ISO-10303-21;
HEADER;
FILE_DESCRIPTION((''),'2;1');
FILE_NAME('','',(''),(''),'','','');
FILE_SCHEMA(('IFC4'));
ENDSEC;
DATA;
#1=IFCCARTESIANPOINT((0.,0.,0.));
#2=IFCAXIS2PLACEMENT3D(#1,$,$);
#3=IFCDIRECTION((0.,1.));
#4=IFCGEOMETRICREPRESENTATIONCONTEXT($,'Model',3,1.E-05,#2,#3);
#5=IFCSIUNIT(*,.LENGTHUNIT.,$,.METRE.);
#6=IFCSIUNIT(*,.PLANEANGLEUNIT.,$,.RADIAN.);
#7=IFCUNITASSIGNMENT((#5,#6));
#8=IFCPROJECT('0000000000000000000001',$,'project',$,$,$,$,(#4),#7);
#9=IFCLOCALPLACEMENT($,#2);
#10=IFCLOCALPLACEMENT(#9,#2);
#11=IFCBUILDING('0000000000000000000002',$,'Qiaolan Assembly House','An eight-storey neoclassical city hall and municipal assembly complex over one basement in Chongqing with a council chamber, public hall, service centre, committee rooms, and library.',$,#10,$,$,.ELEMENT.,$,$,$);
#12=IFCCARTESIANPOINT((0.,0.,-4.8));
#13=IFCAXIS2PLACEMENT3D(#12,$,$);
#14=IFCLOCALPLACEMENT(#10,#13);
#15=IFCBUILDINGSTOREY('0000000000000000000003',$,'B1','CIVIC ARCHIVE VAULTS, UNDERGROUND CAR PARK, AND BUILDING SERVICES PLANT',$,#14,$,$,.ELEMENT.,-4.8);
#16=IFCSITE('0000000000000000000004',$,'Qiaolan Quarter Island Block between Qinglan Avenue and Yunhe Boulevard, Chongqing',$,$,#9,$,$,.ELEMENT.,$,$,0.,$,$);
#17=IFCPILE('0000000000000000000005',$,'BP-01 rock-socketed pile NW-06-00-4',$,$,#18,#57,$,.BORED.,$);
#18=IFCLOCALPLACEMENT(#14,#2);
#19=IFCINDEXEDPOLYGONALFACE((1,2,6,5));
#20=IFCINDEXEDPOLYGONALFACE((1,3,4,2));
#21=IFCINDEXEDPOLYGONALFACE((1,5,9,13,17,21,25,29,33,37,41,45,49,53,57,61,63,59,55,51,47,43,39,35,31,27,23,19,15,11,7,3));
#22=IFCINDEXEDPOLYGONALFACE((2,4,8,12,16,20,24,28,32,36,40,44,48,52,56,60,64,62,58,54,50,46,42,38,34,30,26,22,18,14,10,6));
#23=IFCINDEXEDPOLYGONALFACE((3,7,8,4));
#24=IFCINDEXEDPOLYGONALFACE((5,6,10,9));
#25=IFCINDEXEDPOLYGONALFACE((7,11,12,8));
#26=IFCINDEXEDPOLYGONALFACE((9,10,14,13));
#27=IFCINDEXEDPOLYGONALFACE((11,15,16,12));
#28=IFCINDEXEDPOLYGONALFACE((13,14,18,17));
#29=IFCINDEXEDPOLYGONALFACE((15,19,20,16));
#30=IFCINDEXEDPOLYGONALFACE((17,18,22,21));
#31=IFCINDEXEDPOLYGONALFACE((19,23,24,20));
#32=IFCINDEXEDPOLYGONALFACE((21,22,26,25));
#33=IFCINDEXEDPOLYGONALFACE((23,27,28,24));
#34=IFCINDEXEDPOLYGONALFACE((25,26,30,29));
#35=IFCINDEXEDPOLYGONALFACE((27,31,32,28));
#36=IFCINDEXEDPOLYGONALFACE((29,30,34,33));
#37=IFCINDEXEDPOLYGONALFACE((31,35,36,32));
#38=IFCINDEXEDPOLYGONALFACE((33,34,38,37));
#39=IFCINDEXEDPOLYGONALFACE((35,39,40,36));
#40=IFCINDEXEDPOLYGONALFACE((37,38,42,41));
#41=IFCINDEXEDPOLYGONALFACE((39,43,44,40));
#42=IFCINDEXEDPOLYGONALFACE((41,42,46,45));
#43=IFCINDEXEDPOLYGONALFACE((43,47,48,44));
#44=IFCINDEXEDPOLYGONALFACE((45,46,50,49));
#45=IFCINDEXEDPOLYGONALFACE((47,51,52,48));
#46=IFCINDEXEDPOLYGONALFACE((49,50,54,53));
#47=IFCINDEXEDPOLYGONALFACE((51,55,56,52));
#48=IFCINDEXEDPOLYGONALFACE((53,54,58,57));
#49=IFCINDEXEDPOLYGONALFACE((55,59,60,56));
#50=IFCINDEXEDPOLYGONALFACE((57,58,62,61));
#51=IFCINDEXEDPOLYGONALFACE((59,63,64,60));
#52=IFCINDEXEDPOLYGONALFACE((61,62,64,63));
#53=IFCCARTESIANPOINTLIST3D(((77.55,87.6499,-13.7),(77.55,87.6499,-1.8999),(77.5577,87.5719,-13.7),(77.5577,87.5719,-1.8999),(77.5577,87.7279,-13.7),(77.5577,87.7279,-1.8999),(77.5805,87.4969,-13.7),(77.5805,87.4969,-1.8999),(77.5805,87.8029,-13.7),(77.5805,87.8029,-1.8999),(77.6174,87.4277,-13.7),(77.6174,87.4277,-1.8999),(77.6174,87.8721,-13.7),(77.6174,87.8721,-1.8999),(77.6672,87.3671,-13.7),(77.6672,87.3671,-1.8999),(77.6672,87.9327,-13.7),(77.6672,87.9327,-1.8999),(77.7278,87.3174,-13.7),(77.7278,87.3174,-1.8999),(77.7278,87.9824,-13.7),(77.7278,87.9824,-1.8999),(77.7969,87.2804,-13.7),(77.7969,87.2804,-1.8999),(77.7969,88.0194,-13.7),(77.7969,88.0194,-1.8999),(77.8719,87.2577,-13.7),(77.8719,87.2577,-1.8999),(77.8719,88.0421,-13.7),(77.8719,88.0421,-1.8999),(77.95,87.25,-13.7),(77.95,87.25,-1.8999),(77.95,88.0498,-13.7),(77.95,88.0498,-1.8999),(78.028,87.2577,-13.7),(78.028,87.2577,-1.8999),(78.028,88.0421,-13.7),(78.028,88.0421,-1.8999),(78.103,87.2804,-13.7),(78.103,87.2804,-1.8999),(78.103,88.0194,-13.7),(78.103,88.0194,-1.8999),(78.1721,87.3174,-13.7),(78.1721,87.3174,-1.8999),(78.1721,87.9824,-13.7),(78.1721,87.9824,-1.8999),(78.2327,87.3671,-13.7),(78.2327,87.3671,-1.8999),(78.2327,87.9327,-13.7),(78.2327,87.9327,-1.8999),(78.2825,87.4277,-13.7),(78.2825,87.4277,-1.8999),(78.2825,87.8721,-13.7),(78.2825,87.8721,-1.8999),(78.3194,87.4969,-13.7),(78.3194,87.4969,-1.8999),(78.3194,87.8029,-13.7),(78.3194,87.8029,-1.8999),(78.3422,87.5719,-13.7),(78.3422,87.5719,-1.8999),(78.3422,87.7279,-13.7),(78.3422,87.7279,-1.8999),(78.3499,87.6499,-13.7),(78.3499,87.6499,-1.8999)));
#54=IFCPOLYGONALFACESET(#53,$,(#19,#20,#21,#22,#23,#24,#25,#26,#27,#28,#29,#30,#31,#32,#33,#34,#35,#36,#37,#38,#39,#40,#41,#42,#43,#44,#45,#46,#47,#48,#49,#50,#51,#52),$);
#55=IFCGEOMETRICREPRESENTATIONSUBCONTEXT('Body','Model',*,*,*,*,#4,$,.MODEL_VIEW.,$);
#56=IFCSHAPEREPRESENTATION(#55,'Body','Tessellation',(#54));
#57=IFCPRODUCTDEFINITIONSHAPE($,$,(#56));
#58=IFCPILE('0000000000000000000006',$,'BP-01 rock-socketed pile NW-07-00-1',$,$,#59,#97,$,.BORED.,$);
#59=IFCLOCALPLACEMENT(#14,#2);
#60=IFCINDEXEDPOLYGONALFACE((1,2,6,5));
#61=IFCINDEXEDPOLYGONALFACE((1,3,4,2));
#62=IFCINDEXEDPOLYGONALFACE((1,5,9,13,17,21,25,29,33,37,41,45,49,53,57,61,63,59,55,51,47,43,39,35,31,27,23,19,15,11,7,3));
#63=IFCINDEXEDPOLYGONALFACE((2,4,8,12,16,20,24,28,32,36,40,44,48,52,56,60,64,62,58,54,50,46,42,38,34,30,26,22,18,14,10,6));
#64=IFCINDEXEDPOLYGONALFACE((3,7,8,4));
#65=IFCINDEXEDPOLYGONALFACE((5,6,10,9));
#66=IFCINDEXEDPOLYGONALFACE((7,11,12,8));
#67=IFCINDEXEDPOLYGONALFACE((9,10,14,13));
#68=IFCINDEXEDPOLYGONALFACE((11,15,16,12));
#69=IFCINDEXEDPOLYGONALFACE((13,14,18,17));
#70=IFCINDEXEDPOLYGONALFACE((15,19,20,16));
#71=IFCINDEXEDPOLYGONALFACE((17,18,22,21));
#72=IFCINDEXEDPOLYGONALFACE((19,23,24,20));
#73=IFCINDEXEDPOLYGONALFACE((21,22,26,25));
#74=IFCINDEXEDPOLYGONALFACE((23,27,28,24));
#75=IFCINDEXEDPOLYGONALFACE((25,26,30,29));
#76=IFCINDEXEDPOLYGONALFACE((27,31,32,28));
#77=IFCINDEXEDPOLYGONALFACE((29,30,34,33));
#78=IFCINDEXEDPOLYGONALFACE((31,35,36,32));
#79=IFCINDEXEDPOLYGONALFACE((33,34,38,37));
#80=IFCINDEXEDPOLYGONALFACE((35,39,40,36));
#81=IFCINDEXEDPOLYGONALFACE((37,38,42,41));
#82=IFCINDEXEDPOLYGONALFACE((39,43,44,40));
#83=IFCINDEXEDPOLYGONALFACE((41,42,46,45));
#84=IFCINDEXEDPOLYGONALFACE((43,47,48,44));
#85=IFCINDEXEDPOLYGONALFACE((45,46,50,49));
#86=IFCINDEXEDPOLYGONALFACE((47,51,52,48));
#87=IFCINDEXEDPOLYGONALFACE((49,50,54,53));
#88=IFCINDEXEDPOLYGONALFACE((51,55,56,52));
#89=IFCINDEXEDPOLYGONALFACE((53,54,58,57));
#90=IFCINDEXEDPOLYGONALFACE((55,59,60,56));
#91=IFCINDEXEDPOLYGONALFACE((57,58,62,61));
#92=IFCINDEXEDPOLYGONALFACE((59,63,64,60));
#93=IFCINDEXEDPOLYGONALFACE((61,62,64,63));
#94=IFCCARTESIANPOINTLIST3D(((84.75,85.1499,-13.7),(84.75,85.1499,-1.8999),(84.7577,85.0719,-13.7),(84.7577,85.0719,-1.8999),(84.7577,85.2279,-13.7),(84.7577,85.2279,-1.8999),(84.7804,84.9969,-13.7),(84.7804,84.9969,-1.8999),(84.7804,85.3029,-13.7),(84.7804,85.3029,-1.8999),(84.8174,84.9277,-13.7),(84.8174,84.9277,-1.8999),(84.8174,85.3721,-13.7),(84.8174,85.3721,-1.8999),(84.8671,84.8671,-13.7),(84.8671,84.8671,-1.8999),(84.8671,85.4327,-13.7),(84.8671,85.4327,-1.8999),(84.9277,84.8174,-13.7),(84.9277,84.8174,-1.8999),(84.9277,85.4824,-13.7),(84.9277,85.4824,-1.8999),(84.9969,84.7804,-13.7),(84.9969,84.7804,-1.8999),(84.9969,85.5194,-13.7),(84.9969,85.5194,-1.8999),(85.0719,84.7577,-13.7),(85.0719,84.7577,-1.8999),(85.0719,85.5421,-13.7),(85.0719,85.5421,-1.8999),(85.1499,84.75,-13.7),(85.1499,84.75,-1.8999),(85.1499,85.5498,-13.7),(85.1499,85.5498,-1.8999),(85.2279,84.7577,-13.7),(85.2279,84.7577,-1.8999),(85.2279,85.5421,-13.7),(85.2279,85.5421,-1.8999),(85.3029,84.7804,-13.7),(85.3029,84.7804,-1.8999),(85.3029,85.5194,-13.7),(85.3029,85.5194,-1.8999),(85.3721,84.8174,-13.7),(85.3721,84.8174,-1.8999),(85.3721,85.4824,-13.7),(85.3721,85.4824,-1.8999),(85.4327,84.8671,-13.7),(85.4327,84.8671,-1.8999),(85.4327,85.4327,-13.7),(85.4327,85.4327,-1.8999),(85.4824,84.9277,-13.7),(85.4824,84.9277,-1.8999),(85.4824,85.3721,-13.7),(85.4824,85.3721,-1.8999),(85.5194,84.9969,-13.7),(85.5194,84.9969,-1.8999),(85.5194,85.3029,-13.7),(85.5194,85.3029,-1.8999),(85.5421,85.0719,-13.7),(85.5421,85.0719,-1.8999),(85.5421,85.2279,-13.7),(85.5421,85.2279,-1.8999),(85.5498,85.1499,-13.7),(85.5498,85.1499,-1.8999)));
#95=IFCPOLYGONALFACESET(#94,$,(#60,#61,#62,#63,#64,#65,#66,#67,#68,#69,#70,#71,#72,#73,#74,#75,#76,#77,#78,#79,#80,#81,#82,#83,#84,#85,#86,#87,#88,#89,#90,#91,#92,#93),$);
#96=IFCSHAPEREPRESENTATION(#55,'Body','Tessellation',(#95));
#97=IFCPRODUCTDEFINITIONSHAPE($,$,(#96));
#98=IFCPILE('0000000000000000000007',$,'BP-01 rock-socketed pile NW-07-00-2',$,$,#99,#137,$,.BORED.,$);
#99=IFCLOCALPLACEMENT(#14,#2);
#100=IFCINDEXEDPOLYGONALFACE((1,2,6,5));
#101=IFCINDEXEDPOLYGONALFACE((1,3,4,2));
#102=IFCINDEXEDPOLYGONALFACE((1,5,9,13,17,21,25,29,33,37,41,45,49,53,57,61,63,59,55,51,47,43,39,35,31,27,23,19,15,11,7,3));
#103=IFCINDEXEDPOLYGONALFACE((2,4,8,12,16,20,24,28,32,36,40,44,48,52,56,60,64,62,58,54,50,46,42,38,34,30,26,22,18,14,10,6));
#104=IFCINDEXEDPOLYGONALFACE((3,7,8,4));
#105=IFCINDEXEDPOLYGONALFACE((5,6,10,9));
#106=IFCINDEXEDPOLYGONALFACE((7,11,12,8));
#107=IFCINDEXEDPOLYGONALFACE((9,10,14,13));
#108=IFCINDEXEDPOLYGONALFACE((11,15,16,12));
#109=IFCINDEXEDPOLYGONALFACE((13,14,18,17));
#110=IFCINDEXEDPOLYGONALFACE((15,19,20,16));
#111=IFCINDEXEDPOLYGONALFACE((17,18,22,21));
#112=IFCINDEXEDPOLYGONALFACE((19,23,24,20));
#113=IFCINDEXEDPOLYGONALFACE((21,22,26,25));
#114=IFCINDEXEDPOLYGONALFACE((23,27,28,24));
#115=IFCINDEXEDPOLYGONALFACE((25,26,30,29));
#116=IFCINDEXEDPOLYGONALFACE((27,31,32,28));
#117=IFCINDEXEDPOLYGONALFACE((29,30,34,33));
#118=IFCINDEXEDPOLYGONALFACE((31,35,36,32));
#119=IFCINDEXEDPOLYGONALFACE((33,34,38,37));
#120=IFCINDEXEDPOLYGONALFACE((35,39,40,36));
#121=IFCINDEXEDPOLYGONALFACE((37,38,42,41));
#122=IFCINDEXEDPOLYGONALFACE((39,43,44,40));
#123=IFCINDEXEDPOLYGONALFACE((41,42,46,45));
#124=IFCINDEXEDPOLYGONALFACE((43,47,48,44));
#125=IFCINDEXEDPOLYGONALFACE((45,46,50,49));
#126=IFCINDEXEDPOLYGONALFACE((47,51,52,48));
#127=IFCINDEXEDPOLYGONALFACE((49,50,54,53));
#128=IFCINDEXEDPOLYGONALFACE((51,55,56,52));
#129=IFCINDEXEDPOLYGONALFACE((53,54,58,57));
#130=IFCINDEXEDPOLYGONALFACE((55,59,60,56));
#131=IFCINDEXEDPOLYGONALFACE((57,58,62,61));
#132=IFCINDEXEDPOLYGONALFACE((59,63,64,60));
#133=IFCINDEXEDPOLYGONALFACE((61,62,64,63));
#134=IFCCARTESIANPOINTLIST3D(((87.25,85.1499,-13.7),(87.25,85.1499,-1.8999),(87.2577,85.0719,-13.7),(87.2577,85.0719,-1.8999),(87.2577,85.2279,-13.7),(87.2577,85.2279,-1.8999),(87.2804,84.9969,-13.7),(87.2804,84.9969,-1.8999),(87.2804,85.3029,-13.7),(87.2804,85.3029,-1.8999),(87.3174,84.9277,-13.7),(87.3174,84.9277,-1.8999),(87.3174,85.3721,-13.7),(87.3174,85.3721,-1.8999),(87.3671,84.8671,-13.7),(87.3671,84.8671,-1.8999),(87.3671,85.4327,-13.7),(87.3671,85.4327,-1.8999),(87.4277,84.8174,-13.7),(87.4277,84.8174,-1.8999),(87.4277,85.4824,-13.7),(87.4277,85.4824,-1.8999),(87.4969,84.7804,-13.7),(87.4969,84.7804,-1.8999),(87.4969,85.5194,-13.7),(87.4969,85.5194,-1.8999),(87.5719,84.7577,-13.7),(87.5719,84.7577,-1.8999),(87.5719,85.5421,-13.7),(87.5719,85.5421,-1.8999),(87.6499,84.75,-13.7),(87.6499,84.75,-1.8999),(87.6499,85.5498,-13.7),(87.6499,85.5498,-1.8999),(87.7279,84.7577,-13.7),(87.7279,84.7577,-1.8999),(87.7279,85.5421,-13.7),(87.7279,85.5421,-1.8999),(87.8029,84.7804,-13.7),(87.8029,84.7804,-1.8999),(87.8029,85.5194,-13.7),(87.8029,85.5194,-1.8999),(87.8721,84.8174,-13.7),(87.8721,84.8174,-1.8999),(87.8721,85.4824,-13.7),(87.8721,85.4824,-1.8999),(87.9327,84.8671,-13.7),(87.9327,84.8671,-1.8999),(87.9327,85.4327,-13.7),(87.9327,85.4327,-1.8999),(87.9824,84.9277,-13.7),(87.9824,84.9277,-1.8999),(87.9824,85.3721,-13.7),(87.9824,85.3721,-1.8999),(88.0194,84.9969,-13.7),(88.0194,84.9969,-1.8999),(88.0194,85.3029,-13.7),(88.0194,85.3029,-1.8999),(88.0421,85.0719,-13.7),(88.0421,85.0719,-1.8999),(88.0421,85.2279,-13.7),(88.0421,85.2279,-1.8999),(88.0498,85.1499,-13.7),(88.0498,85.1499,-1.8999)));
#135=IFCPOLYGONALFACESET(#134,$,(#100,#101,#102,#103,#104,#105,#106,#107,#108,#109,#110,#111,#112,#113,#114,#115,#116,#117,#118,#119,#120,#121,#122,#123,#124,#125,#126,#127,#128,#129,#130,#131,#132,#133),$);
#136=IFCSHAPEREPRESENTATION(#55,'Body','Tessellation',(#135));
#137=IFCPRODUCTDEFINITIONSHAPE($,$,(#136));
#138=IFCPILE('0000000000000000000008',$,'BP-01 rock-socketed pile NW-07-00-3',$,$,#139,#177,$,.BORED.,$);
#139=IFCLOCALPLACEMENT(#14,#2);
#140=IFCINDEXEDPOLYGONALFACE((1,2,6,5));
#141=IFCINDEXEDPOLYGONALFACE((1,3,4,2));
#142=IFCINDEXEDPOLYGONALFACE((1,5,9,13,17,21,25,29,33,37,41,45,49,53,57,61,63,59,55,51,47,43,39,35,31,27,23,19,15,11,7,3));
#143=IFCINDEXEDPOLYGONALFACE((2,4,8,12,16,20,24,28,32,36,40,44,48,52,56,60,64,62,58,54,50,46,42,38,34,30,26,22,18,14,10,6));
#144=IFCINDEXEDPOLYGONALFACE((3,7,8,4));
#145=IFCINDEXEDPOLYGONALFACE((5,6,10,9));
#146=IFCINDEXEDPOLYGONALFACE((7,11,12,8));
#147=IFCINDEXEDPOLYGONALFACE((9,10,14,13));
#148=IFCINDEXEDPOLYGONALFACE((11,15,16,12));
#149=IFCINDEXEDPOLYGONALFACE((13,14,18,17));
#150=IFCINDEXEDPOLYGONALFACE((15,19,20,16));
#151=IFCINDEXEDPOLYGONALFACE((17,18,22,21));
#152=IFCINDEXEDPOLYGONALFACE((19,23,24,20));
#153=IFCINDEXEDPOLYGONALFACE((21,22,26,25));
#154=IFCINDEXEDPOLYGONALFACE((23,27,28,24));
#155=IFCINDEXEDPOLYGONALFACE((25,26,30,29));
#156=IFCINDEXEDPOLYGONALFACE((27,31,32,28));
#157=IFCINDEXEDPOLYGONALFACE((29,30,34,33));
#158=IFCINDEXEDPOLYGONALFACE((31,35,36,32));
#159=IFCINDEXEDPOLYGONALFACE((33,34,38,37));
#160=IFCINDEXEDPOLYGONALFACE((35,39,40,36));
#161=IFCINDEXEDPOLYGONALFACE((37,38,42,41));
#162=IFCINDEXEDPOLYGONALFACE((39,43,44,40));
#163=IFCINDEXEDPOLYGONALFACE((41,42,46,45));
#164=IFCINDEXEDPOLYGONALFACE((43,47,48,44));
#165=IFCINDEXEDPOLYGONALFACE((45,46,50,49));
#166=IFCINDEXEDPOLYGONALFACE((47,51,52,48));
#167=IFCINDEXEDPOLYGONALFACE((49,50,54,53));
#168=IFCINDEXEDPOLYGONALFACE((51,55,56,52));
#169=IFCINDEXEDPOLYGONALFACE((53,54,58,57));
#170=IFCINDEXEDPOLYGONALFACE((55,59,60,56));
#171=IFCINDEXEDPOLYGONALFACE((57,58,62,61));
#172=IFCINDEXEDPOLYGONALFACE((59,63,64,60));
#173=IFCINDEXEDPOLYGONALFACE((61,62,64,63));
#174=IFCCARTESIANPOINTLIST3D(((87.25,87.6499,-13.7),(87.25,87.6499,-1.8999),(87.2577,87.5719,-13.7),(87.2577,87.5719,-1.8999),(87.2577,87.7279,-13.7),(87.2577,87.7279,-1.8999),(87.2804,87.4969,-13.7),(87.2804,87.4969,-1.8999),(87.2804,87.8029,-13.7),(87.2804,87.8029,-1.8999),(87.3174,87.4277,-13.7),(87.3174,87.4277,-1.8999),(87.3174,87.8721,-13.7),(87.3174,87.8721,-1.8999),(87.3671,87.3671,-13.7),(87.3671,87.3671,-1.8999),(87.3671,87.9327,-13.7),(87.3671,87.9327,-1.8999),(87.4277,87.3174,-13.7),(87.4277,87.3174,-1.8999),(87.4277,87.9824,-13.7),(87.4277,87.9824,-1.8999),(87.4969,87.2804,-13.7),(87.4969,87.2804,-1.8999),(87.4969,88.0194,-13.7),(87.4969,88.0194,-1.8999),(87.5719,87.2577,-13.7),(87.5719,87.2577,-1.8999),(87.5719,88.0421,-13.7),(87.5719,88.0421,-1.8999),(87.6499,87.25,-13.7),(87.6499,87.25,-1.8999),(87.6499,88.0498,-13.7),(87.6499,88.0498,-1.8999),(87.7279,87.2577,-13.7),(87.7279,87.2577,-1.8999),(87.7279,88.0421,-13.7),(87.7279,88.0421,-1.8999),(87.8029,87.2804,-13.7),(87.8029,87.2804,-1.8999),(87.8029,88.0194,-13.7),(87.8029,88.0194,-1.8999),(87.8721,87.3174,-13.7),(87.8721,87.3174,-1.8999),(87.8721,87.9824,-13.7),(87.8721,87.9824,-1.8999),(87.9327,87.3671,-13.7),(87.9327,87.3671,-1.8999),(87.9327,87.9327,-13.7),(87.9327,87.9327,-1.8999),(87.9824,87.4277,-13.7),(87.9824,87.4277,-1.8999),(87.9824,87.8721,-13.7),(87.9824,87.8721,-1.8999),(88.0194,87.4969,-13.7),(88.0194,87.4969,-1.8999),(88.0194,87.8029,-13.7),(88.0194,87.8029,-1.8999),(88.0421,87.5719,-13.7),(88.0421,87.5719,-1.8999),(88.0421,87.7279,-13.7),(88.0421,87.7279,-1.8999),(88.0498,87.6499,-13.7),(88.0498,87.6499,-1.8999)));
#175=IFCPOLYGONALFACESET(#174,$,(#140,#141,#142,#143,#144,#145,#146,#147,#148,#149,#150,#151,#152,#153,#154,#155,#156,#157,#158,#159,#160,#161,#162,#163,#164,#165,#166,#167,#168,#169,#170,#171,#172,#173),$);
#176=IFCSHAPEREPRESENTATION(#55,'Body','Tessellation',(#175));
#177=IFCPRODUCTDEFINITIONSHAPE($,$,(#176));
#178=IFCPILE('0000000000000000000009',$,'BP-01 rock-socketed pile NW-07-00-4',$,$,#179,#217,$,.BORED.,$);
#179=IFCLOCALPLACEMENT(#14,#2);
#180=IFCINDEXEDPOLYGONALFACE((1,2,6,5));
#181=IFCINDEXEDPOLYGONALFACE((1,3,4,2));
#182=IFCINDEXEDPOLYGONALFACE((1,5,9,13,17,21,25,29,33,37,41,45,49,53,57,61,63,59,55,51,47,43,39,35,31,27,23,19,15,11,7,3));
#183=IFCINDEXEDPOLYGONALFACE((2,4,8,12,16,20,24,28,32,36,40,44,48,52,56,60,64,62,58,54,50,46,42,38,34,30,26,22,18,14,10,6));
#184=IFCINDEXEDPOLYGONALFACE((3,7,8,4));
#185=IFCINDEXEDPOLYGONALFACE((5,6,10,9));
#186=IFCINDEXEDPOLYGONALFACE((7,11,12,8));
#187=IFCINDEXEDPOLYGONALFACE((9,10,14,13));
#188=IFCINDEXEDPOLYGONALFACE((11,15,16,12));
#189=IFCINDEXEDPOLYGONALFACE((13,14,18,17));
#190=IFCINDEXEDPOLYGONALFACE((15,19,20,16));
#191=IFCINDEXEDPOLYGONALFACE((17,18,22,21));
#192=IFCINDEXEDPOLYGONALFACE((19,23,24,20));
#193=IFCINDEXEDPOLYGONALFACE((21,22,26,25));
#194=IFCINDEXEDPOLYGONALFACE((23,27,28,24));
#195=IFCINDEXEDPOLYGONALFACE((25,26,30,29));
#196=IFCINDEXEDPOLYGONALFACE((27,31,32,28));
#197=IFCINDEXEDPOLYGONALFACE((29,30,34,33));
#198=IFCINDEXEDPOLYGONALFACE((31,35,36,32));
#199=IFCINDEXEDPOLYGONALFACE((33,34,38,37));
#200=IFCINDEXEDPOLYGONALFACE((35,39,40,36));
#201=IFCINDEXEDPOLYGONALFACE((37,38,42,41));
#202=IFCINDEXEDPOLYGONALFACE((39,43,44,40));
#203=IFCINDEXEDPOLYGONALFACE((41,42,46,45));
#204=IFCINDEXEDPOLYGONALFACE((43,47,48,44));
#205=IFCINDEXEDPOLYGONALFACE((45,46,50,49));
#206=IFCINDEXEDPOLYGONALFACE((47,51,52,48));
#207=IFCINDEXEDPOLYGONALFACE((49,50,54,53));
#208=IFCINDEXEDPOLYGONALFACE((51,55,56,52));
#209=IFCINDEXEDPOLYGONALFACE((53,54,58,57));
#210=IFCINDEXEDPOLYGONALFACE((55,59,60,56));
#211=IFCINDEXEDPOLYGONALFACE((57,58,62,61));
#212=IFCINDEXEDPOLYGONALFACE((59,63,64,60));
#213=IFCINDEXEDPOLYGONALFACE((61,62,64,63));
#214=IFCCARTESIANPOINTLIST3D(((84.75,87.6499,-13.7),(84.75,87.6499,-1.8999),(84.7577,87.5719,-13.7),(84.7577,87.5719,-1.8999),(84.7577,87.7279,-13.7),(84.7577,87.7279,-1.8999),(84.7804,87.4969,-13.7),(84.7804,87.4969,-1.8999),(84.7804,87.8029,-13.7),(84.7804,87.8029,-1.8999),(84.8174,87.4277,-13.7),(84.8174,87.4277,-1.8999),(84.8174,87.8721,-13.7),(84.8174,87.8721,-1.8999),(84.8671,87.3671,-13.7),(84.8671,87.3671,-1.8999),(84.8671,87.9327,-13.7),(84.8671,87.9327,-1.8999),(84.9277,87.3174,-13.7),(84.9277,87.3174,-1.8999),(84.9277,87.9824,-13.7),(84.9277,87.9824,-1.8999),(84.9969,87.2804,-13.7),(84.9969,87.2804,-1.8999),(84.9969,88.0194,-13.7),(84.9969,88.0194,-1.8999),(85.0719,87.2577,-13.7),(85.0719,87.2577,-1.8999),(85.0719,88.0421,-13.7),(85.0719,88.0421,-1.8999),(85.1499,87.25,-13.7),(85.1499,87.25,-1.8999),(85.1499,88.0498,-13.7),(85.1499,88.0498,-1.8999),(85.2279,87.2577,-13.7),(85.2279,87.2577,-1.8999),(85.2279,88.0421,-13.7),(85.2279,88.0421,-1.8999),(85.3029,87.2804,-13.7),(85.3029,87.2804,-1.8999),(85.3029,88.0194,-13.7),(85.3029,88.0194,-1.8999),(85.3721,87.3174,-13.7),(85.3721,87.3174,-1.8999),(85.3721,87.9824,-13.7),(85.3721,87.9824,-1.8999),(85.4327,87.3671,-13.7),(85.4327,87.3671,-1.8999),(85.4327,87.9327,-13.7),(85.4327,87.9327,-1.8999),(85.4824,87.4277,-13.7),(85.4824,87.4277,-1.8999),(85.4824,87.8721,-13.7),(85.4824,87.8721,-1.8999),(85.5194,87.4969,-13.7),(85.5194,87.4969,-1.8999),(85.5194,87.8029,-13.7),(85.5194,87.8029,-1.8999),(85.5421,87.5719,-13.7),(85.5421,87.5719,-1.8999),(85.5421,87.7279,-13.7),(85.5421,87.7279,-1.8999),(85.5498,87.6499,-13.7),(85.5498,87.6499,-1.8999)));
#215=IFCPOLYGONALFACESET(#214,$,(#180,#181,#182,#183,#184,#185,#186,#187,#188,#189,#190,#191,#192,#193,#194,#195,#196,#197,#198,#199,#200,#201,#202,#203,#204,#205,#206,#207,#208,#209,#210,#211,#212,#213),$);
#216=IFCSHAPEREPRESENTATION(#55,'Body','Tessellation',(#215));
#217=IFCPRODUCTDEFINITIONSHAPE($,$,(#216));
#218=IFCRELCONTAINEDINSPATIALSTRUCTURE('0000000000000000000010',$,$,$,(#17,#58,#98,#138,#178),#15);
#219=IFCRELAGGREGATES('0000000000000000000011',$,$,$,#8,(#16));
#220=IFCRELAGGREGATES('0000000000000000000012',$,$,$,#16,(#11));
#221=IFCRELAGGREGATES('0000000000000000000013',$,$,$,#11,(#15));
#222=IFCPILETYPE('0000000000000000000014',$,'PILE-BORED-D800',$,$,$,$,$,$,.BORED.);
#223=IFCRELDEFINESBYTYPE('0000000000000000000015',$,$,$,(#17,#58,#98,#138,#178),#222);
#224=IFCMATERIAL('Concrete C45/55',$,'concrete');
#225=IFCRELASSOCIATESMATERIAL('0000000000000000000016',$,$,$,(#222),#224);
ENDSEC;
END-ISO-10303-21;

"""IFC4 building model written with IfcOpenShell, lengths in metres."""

from ifc_helpers import new_model, si_unit, direction, frame, origin, origin_2d, place, context, subcontext, project, spatial, circle, extrude, material, material_profile, profile_set, type_object, element, save


model = new_model("IFC4")

# Units and contexts
model_context = context("Model", 3, precision=1e-05, world=origin(), true_north=direction((0.0, 1.0)))
body_context = subcontext(model_context, "Body", "Model", "MODEL_VIEW")
ifc_project = project(units=[si_unit("LENGTHUNIT", "METRE"), si_unit("PLANEANGLEUNIT", "RADIAN")], contexts=[model_context])

# Site, building, storey
site_placement = place(None, origin())
site = spatial("IfcSite", under=ifc_project, at=site_placement, Name="Qiaolan Quarter Island Block between Qinglan Avenue and Yunhe Boulevard, Chongqing", CompositionType="ELEMENT", RefElevation=0.0)
building_placement = place(site_placement, origin())
building = spatial("IfcBuilding", under=site, at=building_placement, Name="Qiaolan Assembly House", Description="An eight-storey neoclassical city hall and municipal assembly complex over one basement in Chongqing with a council chamber, public hall, service centre, committee rooms, and library.", CompositionType="ELEMENT")
storey_placement = place(building_placement, frame((0.0, 0.0, -4.8)))
storey = spatial("IfcBuildingStorey", under=building, at=storey_placement, Name="B1", Description="CIVIC ARCHIVE VAULTS, UNDERGROUND CAR PARK, AND BUILDING SERVICES PLANT", CompositionType="ELEMENT", Elevation=-4.8)

# Piles
ifc_material_1 = material(Name="Concrete C45/55", Category="concrete")
ifc_material_profile_1 = material_profile(ifc_material_1, circle(Radius=0.3999, at=origin_2d()), Name="PILE D800")
ifc_profile_set_1 = profile_set([ifc_material_profile_1], Name="Concrete C45/55")
pile_type_1 = type_object("IfcPileType", Name="PILE-BORED-D800", PredefinedType="BORED", material=ifc_profile_set_1)
for number, where, z_axis, x_axis, name in (
    (1, (77.95, 87.6499, -1.8999), (0.0, 0.0, -1.0), (1.0, 0.0, 0.0), "BP-01 rock-socketed pile NW-06-00-4"),
    (2, (85.1499, 85.1499, -1.8999), (0.0, 0.0, -1.0), (1.0, 0.0, 0.0), "BP-01 rock-socketed pile NW-07-00-1"),
    (3, (87.6499, 85.1499, -1.8999), (0.0, 0.0, -1.0), (1.0, 0.0, 0.0), "BP-01 rock-socketed pile NW-07-00-2"),
    (4, (87.6499, 87.6499, -1.8999), (0.0, 0.0, -1.0), (1.0, 0.0, 0.0), "BP-01 rock-socketed pile NW-07-00-3"),
    (5, (85.1499, 87.6499, -1.8999), (0.0, 0.0, -1.0), (1.0, 0.0, 0.0), "BP-01 rock-socketed pile NW-07-00-4"),
):
    element("IfcPile", number, at=place(storey_placement, frame(where, z_axis=z_axis, x_axis=x_axis)), inside=storey, type_object=pile_type_1, Name=name, PredefinedType="BORED", context=body_context, shape_type="SweptSolid", body=[
        extrude(circle(Radius=0.3999, at=origin_2d()), origin(), (0.0, 0.0, 1.0), 11.8),
    ])

save(model, "model.ifc")
